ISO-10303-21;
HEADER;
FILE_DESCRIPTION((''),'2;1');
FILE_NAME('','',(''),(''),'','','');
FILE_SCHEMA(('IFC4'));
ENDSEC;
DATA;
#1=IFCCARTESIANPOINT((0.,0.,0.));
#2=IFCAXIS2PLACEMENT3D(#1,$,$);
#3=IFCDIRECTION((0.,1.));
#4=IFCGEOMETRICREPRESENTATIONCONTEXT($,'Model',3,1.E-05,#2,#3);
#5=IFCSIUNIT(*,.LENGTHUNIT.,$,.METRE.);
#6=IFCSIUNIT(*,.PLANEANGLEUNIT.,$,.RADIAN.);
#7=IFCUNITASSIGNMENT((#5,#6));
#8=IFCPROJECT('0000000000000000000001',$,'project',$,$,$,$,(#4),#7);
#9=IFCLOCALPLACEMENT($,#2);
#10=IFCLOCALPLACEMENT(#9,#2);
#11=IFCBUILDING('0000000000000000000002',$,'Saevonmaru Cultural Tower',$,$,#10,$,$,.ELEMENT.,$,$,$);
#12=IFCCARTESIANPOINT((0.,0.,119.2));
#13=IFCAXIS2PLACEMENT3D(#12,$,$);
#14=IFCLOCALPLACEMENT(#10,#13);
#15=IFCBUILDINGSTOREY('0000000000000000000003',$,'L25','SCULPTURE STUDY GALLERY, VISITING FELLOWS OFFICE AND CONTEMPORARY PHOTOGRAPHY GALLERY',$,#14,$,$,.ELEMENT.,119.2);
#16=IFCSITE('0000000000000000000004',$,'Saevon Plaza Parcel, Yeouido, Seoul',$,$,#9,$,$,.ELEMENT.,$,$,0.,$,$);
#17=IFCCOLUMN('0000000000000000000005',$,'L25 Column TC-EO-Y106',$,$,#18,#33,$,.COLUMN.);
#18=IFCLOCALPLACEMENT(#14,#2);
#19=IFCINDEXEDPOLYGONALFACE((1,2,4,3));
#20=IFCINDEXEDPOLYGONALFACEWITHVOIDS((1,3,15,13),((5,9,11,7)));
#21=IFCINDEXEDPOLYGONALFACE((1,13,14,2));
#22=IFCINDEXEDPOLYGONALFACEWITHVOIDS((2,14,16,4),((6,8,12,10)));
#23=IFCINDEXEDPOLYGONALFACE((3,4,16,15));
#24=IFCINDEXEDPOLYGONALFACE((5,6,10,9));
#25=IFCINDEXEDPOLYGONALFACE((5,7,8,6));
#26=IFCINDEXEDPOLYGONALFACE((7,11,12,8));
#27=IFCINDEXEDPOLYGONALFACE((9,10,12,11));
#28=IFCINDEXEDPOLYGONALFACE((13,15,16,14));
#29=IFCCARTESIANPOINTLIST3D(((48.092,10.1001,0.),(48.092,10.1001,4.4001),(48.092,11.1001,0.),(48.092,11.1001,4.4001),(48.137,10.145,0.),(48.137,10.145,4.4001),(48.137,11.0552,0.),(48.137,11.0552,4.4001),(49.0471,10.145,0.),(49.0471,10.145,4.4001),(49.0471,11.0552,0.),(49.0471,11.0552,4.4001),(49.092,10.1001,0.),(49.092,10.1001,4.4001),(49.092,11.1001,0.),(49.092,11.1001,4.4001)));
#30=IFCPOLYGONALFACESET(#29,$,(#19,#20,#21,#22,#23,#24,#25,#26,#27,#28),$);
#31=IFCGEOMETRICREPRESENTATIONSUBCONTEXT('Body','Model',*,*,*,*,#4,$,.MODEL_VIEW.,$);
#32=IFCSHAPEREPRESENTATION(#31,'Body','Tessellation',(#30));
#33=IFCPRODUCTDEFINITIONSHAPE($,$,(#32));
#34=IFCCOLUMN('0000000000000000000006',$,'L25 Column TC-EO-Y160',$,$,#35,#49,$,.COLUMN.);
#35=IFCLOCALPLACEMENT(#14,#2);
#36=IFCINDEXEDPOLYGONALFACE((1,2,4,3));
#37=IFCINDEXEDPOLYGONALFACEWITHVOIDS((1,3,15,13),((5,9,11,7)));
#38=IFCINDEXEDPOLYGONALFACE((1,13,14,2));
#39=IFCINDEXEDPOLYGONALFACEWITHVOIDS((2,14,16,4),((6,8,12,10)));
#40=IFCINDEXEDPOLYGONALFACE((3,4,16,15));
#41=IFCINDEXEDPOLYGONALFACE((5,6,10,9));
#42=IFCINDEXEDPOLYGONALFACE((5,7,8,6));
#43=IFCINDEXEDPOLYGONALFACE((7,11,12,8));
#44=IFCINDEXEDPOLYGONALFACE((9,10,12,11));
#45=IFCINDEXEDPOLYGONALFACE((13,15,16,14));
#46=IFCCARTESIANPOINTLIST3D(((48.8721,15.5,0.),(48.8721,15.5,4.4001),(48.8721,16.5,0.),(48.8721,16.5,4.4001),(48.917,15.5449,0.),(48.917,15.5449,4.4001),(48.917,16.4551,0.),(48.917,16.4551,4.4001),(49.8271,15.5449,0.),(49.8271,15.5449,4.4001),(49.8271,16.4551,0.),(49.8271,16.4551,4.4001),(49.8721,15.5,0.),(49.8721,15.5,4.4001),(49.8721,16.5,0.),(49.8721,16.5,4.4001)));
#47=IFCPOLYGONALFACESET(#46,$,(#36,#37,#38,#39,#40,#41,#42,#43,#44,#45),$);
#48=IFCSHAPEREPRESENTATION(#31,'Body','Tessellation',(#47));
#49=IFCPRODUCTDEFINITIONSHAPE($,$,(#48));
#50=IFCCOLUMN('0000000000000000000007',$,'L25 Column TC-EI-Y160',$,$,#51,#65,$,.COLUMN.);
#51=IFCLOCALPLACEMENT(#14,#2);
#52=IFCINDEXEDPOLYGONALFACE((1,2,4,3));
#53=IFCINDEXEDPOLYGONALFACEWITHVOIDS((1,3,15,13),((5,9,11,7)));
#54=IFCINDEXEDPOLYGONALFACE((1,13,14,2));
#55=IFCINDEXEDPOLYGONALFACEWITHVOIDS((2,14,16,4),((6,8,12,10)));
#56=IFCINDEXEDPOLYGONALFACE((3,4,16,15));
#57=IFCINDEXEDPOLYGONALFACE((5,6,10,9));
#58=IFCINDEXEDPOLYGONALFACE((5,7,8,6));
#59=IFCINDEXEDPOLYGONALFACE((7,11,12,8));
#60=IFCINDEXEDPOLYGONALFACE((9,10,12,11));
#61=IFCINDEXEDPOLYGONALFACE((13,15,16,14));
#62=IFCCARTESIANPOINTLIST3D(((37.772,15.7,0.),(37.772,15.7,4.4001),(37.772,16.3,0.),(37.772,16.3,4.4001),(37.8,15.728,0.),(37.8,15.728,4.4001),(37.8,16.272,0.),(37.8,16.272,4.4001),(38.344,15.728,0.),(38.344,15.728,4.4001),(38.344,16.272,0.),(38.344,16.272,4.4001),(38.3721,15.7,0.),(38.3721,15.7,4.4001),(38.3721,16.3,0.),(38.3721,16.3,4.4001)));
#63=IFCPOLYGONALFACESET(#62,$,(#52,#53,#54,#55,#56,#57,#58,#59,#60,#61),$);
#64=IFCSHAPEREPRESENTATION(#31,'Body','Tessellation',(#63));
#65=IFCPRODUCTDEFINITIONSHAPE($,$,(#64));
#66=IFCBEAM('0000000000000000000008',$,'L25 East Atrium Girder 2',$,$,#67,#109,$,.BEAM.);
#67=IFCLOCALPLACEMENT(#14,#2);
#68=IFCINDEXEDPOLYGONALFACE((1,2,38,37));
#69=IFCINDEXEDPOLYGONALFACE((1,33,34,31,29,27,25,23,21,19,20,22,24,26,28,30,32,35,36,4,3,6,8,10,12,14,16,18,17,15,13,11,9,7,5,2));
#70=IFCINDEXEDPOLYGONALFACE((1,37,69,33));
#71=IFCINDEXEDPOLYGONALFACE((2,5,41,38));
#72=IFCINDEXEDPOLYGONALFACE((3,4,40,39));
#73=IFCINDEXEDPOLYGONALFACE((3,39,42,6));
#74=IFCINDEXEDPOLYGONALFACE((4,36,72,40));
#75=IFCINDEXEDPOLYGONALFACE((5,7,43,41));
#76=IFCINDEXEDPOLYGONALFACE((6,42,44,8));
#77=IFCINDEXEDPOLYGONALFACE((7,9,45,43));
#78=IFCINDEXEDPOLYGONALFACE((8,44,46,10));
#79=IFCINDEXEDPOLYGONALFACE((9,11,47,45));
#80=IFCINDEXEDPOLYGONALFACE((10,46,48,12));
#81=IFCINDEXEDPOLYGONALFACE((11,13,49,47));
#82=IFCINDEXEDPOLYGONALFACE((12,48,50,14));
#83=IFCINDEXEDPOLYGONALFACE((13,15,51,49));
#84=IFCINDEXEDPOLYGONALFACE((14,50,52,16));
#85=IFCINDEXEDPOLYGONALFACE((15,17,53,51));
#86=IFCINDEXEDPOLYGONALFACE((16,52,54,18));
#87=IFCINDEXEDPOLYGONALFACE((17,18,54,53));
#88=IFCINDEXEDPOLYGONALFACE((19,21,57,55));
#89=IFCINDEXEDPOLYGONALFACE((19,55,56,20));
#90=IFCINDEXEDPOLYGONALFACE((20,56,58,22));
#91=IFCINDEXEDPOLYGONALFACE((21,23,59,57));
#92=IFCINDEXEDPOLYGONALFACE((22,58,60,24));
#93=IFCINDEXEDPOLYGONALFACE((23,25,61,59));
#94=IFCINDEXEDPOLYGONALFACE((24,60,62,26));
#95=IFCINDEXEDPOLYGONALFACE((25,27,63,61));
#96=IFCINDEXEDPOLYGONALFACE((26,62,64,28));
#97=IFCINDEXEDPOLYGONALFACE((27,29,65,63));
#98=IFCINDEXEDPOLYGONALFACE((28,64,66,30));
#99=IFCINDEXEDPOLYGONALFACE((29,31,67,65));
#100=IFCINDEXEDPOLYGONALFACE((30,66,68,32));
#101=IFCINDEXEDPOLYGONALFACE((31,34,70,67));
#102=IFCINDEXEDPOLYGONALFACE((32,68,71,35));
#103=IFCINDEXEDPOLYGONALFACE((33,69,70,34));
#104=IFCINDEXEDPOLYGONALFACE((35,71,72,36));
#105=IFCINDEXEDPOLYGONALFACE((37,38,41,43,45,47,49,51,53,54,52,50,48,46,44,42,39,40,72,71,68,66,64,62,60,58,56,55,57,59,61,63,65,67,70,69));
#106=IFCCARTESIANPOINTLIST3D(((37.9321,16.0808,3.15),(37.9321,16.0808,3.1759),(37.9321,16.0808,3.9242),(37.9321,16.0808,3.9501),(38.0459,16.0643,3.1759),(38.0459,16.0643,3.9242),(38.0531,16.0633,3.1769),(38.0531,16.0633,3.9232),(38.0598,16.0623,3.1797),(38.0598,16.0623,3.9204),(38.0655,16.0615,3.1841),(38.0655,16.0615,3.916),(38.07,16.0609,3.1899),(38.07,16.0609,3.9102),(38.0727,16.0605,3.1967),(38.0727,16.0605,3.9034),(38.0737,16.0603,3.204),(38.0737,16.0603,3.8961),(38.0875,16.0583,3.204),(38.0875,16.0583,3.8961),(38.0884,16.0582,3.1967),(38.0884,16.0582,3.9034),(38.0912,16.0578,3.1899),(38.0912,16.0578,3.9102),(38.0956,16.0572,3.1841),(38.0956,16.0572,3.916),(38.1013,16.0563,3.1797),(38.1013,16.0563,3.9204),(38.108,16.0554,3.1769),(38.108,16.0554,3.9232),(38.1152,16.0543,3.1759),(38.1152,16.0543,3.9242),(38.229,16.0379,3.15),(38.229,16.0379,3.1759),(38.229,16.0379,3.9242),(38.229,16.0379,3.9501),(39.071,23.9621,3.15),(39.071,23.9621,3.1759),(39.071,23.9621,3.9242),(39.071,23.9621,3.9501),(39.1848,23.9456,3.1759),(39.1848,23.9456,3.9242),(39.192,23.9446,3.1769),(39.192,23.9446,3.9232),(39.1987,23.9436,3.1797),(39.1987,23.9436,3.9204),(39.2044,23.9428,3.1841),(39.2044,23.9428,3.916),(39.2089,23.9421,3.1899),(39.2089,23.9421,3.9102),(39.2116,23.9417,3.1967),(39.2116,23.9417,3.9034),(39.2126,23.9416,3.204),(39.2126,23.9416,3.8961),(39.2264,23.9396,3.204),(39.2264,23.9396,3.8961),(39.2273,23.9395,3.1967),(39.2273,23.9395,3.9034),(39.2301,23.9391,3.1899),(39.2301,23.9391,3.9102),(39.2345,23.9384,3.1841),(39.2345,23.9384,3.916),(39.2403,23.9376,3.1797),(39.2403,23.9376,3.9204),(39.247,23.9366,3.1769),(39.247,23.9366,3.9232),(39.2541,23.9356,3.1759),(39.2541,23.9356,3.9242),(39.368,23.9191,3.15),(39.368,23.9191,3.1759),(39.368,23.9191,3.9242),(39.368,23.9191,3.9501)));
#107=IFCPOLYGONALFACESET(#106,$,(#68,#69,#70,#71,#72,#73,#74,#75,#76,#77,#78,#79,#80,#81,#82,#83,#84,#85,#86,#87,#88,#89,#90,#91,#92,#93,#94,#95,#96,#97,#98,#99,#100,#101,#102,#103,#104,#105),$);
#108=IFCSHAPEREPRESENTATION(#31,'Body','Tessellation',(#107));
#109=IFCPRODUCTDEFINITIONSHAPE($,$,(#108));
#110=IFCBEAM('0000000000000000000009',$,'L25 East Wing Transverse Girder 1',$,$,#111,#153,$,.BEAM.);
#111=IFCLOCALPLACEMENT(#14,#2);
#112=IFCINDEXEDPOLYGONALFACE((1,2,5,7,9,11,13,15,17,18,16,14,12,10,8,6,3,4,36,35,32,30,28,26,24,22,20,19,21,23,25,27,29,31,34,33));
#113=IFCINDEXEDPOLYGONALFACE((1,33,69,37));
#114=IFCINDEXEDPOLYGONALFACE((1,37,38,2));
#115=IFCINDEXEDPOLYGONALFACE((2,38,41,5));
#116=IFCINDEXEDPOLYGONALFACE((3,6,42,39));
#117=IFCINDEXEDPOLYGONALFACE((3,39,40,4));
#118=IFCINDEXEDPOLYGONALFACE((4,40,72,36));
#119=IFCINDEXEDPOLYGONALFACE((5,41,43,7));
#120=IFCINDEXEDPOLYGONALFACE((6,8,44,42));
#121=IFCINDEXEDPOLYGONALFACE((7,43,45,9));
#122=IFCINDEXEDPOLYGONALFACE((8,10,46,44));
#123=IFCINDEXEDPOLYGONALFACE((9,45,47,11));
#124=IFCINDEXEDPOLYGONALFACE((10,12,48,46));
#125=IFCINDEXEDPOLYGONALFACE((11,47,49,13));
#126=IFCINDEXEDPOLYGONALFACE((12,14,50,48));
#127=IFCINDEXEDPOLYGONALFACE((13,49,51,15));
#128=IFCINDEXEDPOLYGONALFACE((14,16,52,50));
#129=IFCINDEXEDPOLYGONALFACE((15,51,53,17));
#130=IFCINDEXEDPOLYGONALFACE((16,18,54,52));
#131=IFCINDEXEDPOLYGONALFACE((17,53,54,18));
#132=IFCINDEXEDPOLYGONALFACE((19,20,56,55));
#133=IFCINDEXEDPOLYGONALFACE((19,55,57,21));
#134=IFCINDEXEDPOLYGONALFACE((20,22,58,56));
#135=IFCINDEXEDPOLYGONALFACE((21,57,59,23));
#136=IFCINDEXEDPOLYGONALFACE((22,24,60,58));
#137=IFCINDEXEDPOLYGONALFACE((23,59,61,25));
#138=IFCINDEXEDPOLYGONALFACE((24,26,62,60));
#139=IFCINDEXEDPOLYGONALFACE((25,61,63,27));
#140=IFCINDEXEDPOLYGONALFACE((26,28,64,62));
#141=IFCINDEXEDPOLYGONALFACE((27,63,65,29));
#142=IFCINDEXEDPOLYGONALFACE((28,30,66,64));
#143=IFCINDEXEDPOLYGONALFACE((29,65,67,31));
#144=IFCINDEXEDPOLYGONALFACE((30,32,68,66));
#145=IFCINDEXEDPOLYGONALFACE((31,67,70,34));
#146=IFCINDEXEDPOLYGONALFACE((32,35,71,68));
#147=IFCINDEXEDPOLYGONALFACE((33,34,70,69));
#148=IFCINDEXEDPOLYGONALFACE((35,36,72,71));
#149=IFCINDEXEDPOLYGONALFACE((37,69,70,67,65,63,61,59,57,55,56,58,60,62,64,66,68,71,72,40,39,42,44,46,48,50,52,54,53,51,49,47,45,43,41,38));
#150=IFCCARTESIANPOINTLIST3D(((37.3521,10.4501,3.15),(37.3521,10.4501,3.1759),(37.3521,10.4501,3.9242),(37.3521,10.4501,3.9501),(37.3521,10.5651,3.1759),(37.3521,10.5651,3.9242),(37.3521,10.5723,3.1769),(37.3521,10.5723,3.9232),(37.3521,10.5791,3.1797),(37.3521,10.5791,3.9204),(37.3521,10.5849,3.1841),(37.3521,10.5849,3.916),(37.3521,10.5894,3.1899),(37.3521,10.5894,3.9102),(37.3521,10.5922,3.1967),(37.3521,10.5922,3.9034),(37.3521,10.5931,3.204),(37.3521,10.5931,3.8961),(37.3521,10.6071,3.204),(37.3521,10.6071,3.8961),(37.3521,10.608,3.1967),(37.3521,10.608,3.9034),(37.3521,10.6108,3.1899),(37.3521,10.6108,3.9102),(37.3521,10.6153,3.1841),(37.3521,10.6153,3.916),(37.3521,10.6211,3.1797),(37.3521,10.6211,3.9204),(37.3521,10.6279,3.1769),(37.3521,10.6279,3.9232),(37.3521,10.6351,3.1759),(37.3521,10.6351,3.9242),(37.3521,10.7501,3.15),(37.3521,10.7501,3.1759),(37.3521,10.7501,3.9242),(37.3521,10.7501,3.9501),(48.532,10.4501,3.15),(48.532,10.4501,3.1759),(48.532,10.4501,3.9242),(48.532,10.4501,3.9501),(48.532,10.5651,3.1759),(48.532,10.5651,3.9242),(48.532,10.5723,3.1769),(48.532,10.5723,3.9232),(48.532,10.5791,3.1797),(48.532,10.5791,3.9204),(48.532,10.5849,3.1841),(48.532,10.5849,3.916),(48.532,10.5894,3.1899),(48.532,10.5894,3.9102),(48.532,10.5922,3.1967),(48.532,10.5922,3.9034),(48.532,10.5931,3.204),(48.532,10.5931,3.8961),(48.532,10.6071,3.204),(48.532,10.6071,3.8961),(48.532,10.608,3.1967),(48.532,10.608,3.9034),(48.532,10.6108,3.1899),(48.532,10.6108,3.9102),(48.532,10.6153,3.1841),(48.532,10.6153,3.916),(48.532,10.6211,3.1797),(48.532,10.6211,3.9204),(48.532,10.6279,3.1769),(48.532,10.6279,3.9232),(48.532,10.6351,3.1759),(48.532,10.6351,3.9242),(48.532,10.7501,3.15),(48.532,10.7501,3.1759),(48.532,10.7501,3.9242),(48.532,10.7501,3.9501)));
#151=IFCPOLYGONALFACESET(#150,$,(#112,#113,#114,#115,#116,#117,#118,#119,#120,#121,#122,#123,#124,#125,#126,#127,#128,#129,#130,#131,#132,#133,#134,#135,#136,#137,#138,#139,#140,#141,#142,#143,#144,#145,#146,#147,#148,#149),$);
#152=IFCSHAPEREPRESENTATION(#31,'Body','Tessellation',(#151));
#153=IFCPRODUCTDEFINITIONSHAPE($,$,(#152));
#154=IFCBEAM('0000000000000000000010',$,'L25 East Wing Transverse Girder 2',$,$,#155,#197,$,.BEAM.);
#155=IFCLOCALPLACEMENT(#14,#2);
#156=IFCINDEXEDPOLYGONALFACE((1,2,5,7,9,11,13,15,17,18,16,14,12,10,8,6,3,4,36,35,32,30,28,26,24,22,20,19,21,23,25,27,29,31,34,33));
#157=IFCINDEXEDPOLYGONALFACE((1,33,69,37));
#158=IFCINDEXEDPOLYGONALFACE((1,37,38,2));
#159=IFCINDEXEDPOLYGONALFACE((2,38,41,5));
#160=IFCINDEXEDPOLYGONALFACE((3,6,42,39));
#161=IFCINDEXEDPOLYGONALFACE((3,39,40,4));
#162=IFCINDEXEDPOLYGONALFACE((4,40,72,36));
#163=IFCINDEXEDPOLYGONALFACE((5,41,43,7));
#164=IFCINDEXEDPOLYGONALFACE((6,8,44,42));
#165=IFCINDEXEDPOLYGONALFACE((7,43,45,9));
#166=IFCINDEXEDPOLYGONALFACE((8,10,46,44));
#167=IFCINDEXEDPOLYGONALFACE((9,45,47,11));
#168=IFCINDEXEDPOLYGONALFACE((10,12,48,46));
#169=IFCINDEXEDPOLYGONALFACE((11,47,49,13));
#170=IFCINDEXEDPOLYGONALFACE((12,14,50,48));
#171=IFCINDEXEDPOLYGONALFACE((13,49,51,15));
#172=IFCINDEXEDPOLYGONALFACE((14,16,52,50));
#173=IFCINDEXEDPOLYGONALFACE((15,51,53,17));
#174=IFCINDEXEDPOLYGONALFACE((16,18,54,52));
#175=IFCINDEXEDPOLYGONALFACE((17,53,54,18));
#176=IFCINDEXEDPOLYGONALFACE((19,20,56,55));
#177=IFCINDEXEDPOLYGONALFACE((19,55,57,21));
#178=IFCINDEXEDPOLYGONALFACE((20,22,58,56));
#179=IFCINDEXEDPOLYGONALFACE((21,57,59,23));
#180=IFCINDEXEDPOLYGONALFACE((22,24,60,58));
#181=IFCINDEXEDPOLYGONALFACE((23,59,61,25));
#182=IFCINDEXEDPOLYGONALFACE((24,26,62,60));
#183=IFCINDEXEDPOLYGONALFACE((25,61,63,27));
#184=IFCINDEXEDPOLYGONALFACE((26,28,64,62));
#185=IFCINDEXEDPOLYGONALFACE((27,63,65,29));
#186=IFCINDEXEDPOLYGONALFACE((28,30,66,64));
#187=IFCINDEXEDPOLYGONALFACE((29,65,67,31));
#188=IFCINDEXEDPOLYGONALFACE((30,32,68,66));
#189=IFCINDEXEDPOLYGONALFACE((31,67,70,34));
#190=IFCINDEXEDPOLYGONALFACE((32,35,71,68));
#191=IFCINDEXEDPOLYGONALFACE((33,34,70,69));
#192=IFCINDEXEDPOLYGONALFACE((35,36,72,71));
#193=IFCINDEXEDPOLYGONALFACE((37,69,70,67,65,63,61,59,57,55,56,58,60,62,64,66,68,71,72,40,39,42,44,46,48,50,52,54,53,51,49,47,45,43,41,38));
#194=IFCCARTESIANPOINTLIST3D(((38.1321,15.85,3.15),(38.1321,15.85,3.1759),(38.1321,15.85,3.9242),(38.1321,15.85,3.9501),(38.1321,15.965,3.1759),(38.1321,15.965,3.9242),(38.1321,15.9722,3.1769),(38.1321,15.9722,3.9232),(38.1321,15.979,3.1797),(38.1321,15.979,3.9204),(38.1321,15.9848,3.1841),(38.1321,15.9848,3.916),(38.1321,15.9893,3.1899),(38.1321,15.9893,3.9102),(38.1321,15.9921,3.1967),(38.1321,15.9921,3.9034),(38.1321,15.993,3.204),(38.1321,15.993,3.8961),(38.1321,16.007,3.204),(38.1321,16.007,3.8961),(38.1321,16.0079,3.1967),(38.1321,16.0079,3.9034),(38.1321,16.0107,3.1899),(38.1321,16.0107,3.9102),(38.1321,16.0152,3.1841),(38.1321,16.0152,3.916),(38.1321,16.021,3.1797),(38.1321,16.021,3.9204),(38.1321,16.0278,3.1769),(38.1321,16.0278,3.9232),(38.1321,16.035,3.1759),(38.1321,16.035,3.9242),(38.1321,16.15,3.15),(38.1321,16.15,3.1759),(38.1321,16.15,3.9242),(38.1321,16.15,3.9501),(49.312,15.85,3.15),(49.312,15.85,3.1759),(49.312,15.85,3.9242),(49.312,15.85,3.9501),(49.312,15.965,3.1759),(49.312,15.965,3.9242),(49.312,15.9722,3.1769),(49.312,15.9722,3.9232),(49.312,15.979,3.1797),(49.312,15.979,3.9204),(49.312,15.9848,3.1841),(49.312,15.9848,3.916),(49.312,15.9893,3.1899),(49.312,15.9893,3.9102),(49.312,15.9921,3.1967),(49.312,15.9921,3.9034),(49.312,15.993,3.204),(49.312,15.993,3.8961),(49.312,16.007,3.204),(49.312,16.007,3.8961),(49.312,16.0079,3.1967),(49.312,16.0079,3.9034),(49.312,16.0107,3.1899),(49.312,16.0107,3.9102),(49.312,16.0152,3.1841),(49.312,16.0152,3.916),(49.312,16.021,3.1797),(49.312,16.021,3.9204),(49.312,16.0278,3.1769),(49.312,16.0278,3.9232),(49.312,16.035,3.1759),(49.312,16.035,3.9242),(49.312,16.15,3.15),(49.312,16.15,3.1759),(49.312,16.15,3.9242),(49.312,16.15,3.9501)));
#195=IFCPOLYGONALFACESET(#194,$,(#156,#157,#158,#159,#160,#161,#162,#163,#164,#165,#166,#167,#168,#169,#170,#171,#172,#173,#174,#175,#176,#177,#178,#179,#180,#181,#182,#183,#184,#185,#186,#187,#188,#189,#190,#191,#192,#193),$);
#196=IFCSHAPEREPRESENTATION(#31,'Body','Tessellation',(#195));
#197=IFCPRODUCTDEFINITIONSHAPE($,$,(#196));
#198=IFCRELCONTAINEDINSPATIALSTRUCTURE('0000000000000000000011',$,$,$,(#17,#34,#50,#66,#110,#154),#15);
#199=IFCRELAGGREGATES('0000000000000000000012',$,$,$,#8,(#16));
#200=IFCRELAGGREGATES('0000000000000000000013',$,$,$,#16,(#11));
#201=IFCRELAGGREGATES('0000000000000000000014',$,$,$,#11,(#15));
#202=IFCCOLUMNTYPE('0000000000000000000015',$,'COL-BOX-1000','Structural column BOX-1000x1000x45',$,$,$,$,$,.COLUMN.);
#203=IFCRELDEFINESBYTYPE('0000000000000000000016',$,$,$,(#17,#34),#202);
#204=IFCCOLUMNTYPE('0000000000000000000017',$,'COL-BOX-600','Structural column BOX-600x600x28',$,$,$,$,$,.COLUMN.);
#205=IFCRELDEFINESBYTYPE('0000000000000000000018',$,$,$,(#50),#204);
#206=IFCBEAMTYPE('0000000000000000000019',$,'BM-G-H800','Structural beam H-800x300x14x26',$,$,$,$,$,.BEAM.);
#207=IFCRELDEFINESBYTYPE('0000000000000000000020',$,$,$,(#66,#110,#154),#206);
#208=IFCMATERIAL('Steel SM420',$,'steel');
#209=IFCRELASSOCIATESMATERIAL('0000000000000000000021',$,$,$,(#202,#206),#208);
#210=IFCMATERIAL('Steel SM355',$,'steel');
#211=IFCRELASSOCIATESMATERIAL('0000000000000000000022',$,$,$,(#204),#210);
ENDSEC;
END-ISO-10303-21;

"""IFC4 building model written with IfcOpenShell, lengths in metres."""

from ifc_helpers import new_model, si_unit, direction, frame, origin, origin_2d, place, context, subcontext, project, spatial, hollow_rectangle, i_section, extrude, material, material_profile, profile_set, type_object, element, save


model = new_model("IFC4")

# Units and contexts
model_context = context("Model", 3, precision=1e-05, world=origin(), true_north=direction((0.0, 1.0)))
body_context = subcontext(model_context, "Body", "Model", "MODEL_VIEW")
ifc_project = project(units=[si_unit("LENGTHUNIT", "METRE"), si_unit("PLANEANGLEUNIT", "RADIAN")], contexts=[model_context])

# Site, building, storey
site_placement = place(None, origin())
site = spatial("IfcSite", under=ifc_project, at=site_placement, Name="Saevon Plaza Parcel, Yeouido, Seoul", CompositionType="ELEMENT", RefElevation=0.0)
building_placement = place(site_placement, origin())
building = spatial("IfcBuilding", under=site, at=building_placement, Name="Saevonmaru Cultural Tower", CompositionType="ELEMENT")
storey_placement = place(building_placement, frame((0.0, 0.0, 119.2)))
storey = spatial("IfcBuildingStorey", under=building, at=storey_placement, Name="L25", Description="SCULPTURE STUDY GALLERY, VISITING FELLOWS OFFICE AND CONTEMPORARY PHOTOGRAPHY GALLERY", CompositionType="ELEMENT", Elevation=119.2)

# Columns
ifc_material_1 = material(Name="Steel SM420", Category="steel")
ifc_material_profile_1 = material_profile(ifc_material_1, hollow_rectangle(XDim=1.0, YDim=1.0, WallThickness=0.0449, at=origin_2d()), Name="BOX-1000x1000x45")
ifc_profile_set_1 = profile_set([ifc_material_profile_1], Name="Steel SM420")
column_type_1 = type_object("IfcColumnType", Name="COL-BOX-1000", Description="Structural column BOX-1000x1000x45", PredefinedType="COLUMN", material=ifc_profile_set_1)
for number, where, z_axis, x_axis, name in (
    (1, (48.592, 10.6001, 0.0), (0.0, 0.0, 1.0), (1.0, 0.0, 0.0), "L25 Column TC-EO-Y106"),
    (2, (49.3721, 16.0, 0.0), (0.0, 0.0, 1.0), (1.0, 0.0, 0.0), "L25 Column TC-EO-Y160"),
):
    element("IfcColumn", number, at=place(storey_placement, frame(where, z_axis=z_axis, x_axis=x_axis)), inside=storey, type_object=column_type_1, Name=name, PredefinedType="COLUMN", context=body_context, shape_type="SweptSolid", body=[
        extrude(hollow_rectangle(XDim=1.0, YDim=1.0, WallThickness=0.0449, at=origin_2d()), origin(), (0.0, 0.0, 1.0), 4.4001),
    ])
ifc_material_2 = material(Name="Steel SM355", Category="steel")
ifc_material_profile_2 = material_profile(ifc_material_2, hollow_rectangle(XDim=0.6001, YDim=0.6001, WallThickness=0.0281, at=origin_2d()), Name="BOX-600x600x28")
ifc_profile_set_2 = profile_set([ifc_material_profile_2], Name="Steel SM355")
column_type_2 = type_object("IfcColumnType", Name="COL-BOX-600", Description="Structural column BOX-600x600x28", PredefinedType="COLUMN", material=ifc_profile_set_2)
column_placement = place(storey_placement, frame((38.072, 16.0, 0.0), z_axis=(0.0, 0.0, 1.0), x_axis=(1.0, 0.0, 0.0)))
element("IfcColumn", 3, at=column_placement, inside=storey, type_object=column_type_2, Name="L25 Column TC-EI-Y160", PredefinedType="COLUMN", context=body_context, shape_type="SweptSolid", body=[
    extrude(hollow_rectangle(XDim=0.6001, YDim=0.6001, WallThickness=0.0281, at=origin_2d()), origin(), (0.0, 0.0, 1.0), 4.4001),
])

# Beams
ifc_material_profile_3 = material_profile(ifc_material_1, i_section(OverallWidth=0.3, OverallDepth=0.8, WebThickness=0.0139, FlangeThickness=0.0259, FilletRadius=0.0281, at=origin_2d()), Name="H-800x300x14x26")
ifc_profile_set_3 = profile_set([ifc_material_profile_3], Name="Steel SM420")
beam_type_1 = type_object("IfcBeamType", Name="BM-G-H800", Description="Structural beam H-800x300x14x26", PredefinedType="BEAM", material=ifc_profile_set_3)
beam_1_placement = place(storey_placement, frame((38.0806, 16.0593, 3.55), z_axis=(0.143022, 0.989719, 0.0), x_axis=(-0.989719, 0.143022, 0.0)))
element("IfcBeam", 4, at=beam_1_placement, inside=storey, type_object=beam_type_1, Name="L25 East Atrium Girder 2", PredefinedType="BEAM", context=body_context, shape_type="SweptSolid", body=[
    extrude(i_section(OverallWidth=0.3, OverallDepth=0.8, WebThickness=0.0139, FlangeThickness=0.0259, FilletRadius=0.0281, at=origin_2d()), origin(), (0.0, 0.0, 1.0), 7.9631),
])
for number, where, z_axis, x_axis, name in (
    (5, (37.3521, 10.6001, 3.55), (1.0, 0.0, 0.0), (0.0, 1.0, 0.0), "L25 East Wing Transverse Girder 1"),
    (6, (38.1321, 16.0, 3.55), (1.0, 0.0, 0.0), (0.0, 1.0, 0.0), "L25 East Wing Transverse Girder 2"),
):
    element("IfcBeam", number, at=place(storey_placement, frame(where, z_axis=z_axis, x_axis=x_axis)), inside=storey, type_object=beam_type_1, Name=name, PredefinedType="BEAM", context=body_context, shape_type="SweptSolid", body=[
        extrude(i_section(OverallWidth=0.3, OverallDepth=0.8, WebThickness=0.0139, FlangeThickness=0.0259, FilletRadius=0.0281, at=origin_2d()), origin(), (0.0, 0.0, 1.0), 11.1799),
    ])

save(model, "model.ifc")
